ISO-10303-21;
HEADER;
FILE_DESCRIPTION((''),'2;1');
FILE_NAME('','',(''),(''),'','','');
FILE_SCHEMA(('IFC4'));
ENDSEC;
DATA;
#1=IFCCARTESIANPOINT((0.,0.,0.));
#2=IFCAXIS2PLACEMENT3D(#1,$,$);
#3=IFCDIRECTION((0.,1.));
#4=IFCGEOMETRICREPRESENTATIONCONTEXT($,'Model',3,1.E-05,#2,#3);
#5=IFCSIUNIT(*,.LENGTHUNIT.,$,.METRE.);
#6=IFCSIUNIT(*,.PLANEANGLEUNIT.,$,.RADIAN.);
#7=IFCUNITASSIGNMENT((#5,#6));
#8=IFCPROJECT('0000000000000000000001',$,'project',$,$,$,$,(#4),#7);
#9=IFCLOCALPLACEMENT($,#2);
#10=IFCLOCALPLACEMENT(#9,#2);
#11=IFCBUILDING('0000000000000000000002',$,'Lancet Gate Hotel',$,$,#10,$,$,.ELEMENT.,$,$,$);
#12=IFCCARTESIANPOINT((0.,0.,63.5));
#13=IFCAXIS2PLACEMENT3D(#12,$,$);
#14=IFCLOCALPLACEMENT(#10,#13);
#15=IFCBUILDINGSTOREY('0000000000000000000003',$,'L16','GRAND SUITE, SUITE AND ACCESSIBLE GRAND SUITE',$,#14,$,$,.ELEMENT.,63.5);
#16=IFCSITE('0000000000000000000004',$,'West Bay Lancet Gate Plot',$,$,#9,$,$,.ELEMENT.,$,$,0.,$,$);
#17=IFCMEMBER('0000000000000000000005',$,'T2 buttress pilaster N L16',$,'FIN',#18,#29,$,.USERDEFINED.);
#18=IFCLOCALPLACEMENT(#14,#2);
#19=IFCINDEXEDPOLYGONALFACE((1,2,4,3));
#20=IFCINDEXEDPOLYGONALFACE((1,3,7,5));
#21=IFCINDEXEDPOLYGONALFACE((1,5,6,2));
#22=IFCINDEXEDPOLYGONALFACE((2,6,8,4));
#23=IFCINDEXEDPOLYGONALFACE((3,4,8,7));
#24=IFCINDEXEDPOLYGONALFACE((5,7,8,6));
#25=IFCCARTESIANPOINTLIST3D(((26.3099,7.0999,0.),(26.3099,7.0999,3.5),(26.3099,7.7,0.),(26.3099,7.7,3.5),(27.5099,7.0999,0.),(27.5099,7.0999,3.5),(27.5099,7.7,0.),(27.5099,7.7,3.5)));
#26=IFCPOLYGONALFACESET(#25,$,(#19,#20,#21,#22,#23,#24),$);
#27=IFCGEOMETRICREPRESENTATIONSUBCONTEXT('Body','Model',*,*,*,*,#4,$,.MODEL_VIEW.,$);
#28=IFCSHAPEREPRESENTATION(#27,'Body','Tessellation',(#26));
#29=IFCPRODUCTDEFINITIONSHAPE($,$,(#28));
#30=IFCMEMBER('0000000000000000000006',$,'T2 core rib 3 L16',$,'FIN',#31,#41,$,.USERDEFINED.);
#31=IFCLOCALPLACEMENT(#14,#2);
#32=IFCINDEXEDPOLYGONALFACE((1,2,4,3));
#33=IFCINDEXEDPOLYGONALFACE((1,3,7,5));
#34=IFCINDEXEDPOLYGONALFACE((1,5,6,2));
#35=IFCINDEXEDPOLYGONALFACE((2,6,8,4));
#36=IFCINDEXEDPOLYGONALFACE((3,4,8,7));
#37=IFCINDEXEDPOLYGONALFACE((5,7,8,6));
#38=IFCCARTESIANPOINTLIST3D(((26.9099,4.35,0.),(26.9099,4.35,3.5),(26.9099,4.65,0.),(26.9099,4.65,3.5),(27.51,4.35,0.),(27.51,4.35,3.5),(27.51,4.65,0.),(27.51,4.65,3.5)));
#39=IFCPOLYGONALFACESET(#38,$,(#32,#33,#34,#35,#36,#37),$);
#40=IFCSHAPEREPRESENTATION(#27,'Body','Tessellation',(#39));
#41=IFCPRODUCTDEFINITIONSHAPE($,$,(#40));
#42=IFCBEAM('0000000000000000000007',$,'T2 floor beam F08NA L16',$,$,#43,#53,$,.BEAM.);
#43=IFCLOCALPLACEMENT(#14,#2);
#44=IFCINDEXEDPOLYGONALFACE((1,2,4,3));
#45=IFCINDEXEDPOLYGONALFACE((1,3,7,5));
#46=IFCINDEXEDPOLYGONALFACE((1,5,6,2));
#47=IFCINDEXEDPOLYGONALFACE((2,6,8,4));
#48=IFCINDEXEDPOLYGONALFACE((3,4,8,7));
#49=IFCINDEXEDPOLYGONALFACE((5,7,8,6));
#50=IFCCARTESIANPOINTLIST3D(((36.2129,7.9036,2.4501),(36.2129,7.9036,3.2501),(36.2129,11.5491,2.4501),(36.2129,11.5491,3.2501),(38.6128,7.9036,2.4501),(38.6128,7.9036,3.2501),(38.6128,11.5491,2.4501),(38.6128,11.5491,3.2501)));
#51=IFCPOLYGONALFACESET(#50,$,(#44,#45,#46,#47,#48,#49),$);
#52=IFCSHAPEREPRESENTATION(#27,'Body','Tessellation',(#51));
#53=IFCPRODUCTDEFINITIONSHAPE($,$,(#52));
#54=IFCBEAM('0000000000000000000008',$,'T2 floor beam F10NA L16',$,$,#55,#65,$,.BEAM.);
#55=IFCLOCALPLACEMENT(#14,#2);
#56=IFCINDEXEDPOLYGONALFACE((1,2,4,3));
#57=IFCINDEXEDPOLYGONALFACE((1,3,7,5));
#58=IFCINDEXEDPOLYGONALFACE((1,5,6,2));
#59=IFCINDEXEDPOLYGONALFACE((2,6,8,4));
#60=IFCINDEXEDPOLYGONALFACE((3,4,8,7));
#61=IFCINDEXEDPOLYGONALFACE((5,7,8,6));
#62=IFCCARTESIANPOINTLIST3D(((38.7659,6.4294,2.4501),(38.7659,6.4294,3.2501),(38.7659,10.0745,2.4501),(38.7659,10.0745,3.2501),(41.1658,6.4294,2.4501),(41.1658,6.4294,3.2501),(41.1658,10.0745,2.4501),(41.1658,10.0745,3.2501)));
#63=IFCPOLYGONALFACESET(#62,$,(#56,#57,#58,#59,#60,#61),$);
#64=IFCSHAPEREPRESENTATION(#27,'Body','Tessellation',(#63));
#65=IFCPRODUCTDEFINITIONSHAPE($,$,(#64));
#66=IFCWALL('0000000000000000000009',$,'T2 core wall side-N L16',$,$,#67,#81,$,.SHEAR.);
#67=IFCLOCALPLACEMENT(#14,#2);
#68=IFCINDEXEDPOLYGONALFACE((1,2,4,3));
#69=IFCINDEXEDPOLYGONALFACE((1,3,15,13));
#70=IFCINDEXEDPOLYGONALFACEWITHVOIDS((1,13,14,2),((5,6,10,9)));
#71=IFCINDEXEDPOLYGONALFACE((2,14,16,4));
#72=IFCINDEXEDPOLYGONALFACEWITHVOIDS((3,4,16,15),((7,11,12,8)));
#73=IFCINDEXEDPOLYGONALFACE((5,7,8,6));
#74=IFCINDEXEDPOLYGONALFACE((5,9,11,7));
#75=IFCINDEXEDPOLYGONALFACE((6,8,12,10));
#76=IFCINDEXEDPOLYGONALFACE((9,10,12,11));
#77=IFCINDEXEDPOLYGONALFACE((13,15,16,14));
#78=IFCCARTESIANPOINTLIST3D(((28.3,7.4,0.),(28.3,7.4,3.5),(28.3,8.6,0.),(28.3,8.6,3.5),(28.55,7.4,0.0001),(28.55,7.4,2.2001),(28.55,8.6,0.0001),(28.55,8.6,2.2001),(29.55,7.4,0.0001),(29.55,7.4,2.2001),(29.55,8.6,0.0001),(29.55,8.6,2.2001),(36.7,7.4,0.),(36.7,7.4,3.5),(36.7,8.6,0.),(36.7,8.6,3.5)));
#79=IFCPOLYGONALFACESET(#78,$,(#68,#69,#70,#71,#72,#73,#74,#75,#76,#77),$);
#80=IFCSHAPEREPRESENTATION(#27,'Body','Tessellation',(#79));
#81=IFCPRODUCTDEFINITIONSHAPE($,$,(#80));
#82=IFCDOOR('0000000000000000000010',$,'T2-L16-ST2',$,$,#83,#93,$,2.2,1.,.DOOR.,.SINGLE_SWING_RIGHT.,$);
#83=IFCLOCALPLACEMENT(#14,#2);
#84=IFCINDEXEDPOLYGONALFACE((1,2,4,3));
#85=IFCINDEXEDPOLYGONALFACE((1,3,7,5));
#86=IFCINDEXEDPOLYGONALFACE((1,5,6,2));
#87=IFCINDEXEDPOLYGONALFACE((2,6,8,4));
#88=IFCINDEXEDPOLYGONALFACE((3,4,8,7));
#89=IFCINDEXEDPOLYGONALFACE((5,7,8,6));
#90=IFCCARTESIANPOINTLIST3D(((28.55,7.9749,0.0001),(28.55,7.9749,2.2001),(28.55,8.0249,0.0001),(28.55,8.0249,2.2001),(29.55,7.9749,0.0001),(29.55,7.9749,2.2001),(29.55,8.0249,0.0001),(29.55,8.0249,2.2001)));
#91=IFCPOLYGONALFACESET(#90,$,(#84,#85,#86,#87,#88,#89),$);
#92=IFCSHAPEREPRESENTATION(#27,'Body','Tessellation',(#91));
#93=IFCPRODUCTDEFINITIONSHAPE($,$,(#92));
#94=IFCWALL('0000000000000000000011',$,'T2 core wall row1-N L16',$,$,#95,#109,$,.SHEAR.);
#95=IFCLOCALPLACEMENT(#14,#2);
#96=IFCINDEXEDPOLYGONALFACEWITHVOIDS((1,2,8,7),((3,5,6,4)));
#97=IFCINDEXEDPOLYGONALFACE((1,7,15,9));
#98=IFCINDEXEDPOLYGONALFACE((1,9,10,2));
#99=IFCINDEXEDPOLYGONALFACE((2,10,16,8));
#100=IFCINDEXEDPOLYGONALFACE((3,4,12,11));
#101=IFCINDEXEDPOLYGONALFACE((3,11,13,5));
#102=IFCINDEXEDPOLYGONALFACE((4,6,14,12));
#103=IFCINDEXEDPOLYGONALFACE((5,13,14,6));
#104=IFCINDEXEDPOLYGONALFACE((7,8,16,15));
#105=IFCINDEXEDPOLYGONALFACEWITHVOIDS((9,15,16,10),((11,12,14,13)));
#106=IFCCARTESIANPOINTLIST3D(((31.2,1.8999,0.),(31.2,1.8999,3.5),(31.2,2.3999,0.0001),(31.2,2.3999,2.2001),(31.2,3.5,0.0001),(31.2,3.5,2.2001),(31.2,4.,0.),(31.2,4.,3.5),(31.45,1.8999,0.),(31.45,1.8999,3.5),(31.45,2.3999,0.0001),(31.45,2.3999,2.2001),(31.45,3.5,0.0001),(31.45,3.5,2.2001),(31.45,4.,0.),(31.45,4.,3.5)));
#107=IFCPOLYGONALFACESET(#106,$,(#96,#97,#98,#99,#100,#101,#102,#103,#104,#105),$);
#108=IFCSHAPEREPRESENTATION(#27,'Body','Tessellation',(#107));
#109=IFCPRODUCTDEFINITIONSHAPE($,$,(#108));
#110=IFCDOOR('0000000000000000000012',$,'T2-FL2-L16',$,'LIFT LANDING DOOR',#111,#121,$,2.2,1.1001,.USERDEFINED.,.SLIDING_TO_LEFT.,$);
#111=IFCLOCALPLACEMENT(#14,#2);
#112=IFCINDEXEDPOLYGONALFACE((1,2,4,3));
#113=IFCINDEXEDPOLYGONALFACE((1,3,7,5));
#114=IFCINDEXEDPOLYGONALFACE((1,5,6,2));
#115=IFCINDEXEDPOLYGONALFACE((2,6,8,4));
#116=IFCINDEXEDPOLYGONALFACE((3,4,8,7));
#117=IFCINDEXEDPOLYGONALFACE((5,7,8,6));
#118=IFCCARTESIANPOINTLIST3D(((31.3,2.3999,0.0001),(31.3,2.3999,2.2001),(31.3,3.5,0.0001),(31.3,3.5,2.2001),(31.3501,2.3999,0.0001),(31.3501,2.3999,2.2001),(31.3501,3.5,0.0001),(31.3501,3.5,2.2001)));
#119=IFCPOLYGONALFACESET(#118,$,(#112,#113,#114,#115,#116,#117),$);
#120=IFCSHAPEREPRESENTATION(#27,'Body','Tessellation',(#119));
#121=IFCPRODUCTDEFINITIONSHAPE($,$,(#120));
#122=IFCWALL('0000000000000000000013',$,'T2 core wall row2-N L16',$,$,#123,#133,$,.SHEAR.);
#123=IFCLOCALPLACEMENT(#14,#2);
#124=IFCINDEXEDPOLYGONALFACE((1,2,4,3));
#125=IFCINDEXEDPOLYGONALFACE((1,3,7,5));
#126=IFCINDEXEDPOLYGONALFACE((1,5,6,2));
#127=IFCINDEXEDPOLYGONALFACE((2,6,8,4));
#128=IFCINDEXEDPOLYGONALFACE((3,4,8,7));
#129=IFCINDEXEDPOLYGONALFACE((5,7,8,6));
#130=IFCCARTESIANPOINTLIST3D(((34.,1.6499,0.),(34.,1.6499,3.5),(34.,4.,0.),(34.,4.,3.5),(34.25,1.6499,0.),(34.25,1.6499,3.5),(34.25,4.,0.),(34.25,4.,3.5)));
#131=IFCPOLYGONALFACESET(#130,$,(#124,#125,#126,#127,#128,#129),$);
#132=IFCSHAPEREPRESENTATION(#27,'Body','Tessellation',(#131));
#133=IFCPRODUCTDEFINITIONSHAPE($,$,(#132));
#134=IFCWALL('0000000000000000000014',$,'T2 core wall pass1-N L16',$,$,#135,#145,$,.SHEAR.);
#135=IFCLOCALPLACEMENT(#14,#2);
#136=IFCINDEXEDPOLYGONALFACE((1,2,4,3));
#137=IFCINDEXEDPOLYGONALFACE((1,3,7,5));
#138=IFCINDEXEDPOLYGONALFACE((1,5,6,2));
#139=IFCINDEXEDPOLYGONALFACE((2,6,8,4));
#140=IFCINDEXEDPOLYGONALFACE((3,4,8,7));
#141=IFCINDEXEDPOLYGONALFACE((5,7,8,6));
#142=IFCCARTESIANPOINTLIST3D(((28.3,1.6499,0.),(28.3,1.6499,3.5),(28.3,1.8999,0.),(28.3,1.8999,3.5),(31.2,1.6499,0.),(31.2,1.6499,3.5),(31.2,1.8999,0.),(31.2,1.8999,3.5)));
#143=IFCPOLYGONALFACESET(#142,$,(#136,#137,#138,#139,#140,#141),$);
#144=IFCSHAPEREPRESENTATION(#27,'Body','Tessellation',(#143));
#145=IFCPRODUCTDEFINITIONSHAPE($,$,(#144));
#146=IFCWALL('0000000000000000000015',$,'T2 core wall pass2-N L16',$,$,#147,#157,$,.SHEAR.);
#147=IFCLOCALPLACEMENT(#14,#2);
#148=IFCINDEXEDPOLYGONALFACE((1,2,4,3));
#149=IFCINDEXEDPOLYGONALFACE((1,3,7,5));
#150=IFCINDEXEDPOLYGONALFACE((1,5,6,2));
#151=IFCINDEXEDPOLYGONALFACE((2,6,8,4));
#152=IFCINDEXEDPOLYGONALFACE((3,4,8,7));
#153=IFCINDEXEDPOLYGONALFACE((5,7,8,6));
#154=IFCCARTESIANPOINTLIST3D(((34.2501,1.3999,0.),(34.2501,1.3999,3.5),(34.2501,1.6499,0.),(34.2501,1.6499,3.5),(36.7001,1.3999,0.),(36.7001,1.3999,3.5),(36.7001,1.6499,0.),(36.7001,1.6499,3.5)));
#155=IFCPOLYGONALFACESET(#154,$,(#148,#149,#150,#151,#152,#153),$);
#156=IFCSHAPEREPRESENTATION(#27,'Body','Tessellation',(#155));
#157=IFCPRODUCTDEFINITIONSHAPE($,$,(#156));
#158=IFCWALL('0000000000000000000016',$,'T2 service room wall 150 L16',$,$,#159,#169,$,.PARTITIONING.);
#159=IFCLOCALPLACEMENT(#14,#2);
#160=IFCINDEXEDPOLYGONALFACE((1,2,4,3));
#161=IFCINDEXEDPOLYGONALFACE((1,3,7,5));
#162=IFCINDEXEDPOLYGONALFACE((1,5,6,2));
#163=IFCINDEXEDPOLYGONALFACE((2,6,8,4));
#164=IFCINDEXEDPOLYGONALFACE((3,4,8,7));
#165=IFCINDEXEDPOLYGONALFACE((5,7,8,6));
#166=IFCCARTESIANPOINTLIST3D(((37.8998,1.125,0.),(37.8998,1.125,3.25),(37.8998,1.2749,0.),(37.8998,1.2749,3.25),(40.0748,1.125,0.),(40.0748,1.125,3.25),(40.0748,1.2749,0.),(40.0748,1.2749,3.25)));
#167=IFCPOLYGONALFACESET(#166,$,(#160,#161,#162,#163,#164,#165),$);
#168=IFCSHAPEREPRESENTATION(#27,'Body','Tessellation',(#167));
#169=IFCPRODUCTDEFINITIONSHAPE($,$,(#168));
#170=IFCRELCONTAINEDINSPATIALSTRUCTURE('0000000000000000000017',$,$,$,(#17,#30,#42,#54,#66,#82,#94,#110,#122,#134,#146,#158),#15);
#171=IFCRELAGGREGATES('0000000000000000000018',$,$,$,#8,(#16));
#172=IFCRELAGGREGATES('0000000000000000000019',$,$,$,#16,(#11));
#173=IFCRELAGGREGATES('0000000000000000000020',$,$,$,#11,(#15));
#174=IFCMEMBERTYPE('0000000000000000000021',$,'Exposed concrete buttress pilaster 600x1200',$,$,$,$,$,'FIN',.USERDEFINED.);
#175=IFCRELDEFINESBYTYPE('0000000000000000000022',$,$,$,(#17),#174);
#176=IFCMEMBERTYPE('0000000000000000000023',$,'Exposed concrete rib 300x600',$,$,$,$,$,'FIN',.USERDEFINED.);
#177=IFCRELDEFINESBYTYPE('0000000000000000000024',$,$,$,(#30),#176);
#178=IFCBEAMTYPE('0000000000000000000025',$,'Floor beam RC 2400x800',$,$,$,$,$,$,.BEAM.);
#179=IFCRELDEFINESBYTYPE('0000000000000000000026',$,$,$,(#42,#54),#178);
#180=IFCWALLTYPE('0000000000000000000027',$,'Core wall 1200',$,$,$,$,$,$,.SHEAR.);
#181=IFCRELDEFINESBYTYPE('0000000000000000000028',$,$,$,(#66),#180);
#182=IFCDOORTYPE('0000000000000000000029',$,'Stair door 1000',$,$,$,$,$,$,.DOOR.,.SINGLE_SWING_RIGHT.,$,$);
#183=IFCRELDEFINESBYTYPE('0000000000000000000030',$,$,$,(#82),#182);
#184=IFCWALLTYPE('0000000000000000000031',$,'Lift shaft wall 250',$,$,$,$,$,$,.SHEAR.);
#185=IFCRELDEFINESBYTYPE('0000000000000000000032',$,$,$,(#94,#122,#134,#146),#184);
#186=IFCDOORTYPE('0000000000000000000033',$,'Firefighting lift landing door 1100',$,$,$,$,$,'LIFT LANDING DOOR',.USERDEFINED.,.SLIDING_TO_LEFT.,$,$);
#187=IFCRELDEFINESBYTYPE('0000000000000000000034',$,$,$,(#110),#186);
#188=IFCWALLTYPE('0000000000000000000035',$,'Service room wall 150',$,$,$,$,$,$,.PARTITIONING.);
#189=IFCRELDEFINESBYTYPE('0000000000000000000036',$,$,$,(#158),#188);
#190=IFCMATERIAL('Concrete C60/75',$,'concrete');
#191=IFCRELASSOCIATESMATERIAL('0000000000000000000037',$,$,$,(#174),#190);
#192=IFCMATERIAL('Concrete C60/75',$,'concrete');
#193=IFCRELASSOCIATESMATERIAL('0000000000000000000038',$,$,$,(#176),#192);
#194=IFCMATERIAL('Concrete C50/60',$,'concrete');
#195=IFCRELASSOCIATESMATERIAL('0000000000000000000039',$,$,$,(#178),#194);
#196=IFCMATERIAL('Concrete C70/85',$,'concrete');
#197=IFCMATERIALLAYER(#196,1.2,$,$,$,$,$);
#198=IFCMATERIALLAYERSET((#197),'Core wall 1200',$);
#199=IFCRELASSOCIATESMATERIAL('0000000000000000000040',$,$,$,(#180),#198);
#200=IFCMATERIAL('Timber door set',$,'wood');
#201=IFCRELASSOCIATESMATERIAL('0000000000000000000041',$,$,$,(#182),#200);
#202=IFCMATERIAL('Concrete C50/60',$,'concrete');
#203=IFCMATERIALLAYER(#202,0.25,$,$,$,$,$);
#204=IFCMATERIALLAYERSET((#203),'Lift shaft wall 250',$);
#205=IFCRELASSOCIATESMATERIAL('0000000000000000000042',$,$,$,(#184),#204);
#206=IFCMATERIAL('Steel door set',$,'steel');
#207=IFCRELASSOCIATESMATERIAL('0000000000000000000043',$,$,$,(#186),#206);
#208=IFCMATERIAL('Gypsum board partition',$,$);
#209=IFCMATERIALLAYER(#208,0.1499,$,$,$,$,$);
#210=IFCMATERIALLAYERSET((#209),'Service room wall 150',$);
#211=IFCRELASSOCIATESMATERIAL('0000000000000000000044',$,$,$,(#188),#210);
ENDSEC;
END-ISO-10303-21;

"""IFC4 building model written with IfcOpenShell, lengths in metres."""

from ifc_helpers import new_model, si_unit, direction, frame, frame_2d, origin, origin_2d, place, context, subcontext, project, spatial, rectangle, extrude, material, layer, layer_set, material_profile, profile_set, type_object, element, fill, save


model = new_model("IFC4")

# Units and contexts
model_context = context("Model", 3, precision=1e-05, world=origin(), true_north=direction((0.0, 1.0)))
body_context = subcontext(model_context, "Body", "Model", "MODEL_VIEW")
ifc_project = project(units=[si_unit("LENGTHUNIT", "METRE"), si_unit("PLANEANGLEUNIT", "RADIAN")], contexts=[model_context])

# Site, building, storey
site_placement = place(None, origin())
site = spatial("IfcSite", under=ifc_project, at=site_placement, Name="West Bay Lancet Gate Plot", CompositionType="ELEMENT", RefElevation=0.0)
building_placement = place(site_placement, origin())
building = spatial("IfcBuilding", under=site, at=building_placement, Name="Lancet Gate Hotel", CompositionType="ELEMENT")
storey_placement = place(building_placement, frame((0.0, 0.0, 63.5)))
storey = spatial("IfcBuildingStorey", under=building, at=storey_placement, Name="L16", Description="GRAND SUITE, SUITE AND ACCESSIBLE GRAND SUITE", CompositionType="ELEMENT", Elevation=63.5)

# Members
ifc_material_1 = material(Name="Concrete C60/75", Category="concrete")
ifc_material_profile_1 = material_profile(ifc_material_1, rectangle(XDim=0.6001, YDim=1.2, at=origin_2d()), Name="FIN 600x1200")
ifc_profile_set_1 = profile_set([ifc_material_profile_1], Name="Concrete C60/75")
member_type_1 = type_object("IfcMemberType", Name="Exposed concrete buttress pilaster 600x1200", ElementType="FIN", PredefinedType="USERDEFINED", material=ifc_profile_set_1)
member_1_placement = place(storey_placement, frame((26.9099, 7.3999, 0.0), z_axis=(0.0, 0.0, 1.0), x_axis=(0.0, 1.0, 0.0)))
element("IfcMember", 1, at=member_1_placement, inside=storey, type_object=member_type_1, Name="T2 buttress pilaster N L16", ObjectType="FIN", PredefinedType="USERDEFINED", context=body_context, shape_type="SweptSolid", body=[
    extrude(rectangle(XDim=0.6001, YDim=1.2, at=origin_2d()), origin(), (0.0, 0.0, 1.0), 3.5),
])
ifc_material_2 = material(Name="Concrete C60/75", Category="concrete")
ifc_material_profile_2 = material_profile(ifc_material_2, rectangle(XDim=0.3, YDim=0.6001, at=origin_2d()), Name="FIN 300x600")
ifc_profile_set_2 = profile_set([ifc_material_profile_2], Name="Concrete C60/75")
member_type_2 = type_object("IfcMemberType", Name="Exposed concrete rib 300x600", ElementType="FIN", PredefinedType="USERDEFINED", material=ifc_profile_set_2)
member_2_placement = place(storey_placement, frame((27.21, 4.5, 0.0), z_axis=(0.0, 0.0, 1.0), x_axis=(0.0, 1.0, 0.0)))
element("IfcMember", 2, at=member_2_placement, inside=storey, type_object=member_type_2, Name="T2 core rib 3 L16", ObjectType="FIN", PredefinedType="USERDEFINED", context=body_context, shape_type="SweptSolid", body=[
    extrude(rectangle(XDim=0.3, YDim=0.6001, at=origin_2d()), origin(), (0.0, 0.0, 1.0), 3.5),
])

# Beams
ifc_material_3 = material(Name="Concrete C50/60", Category="concrete")
ifc_material_profile_3 = material_profile(ifc_material_3, rectangle(XDim=2.3999, YDim=0.8, at=origin_2d()), Name="RC 2400x800")
ifc_profile_set_3 = profile_set([ifc_material_profile_3], Name="Concrete C50/60")
beam_type = type_object("IfcBeamType", Name="Floor beam RC 2400x800", PredefinedType="BEAM", material=ifc_profile_set_3)
beam_1_placement = place(storey_placement, frame((37.4128, 7.9036, 2.8501), z_axis=(0.0, 1.0, 0.0), x_axis=(-1.0, 0.0, 0.0)))
element("IfcBeam", 3, at=beam_1_placement, inside=storey, type_object=beam_type, Name="T2 floor beam F08NA L16", PredefinedType="BEAM", context=body_context, shape_type="SweptSolid", body=[
    extrude(rectangle(XDim=2.3999, YDim=0.8, at=origin_2d()), origin(), (0.0, 0.0, 1.0), 3.6455),
])
beam_2_placement = place(storey_placement, frame((39.9658, 6.4294, 2.8501), z_axis=(0.0, 1.0, 0.0), x_axis=(-1.0, 0.0, 0.0)))
element("IfcBeam", 4, at=beam_2_placement, inside=storey, type_object=beam_type, Name="T2 floor beam F10NA L16", PredefinedType="BEAM", context=body_context, shape_type="SweptSolid", body=[
    extrude(rectangle(XDim=2.3999, YDim=0.8, at=origin_2d()), origin(), (0.0, 0.0, 1.0), 3.645),
])

# Walls, openings, doors
ifc_material_4 = material(Name="Concrete C70/85", Category="concrete")
ifc_layer_1 = layer(ifc_material_4, 1.2)
ifc_layer_set_1 = layer_set([ifc_layer_1], Name="Core wall 1200")
wall_type_1 = type_object("IfcWallType", Name="Core wall 1200", PredefinedType="SHEAR", material=ifc_layer_set_1)
wall_1_placement = place(storey_placement, frame((28.3, 8.0, 0.0), z_axis=(0.0, 0.0, 1.0), x_axis=(1.0, 0.0, 0.0)))
wall_1 = element("IfcWall", 5, at=wall_1_placement, inside=storey, type_object=wall_type_1, Name="T2 core wall side-N L16", PredefinedType="SHEAR", context=body_context, shape_type="SweptSolid", body=[
    extrude(rectangle(XDim=8.3999, YDim=1.2, at=frame_2d((4.2, 0.0))), origin(), (0.0, 0.0, 1.0), 3.5),
])
opening_1_placement = place(wall_1_placement, frame((0.25, 0.0, 0.0)))
opening_1 = element("IfcOpeningElement", 6, at=opening_1_placement, cuts=wall_1, PredefinedType="OPENING", context=body_context, shape_type="SweptSolid", body=[
    extrude(rectangle(XDim=1.0, YDim=2.2, at=frame_2d((0.5, 1.1001))), frame((0.0, 0.6099, 0.0), z_axis=(0.0, -1.0, 0.0), x_axis=(1.0, 0.0, 0.0)), (0.0, 0.0, 1.0), 1.22),
])
ifc_material_5 = material(Name="Timber door set", Category="wood")
door_type_1 = type_object("IfcDoorType", Name="Stair door 1000", OperationType="SINGLE_SWING_RIGHT", PredefinedType="DOOR", material=ifc_material_5)
door_1_placement = place(opening_1_placement, origin())
door_1 = element("IfcDoor", 7, at=door_1_placement, inside=storey, type_object=door_type_1, Name="T2-L16-ST2", OperationType="SINGLE_SWING_RIGHT", OverallHeight=2.2, OverallWidth=1.0, PredefinedType="DOOR", context=body_context, shape_type="SweptSolid", body=[
    extrude(rectangle(XDim=1.0, YDim=2.2, at=frame_2d((0.5, 1.1001))), frame((0.0, 0.0249, 0.0), z_axis=(0.0, -1.0, 0.0), x_axis=(1.0, 0.0, 0.0)), (0.0, 0.0, 1.0), 0.05),
])
fill(opening_1, door_1)
ifc_material_6 = material(Name="Concrete C50/60", Category="concrete")
ifc_layer_2 = layer(ifc_material_6, 0.25)
ifc_layer_set_2 = layer_set([ifc_layer_2], Name="Lift shaft wall 250")
wall_type_2 = type_object("IfcWallType", Name="Lift shaft wall 250", PredefinedType="SHEAR", material=ifc_layer_set_2)
wall_2_placement = place(storey_placement, frame((31.325, 1.8999, 0.0), z_axis=(0.0, 0.0, 1.0), x_axis=(0.0, 1.0, 0.0)))
wall_2 = element("IfcWall", 8, at=wall_2_placement, inside=storey, type_object=wall_type_2, Name="T2 core wall row1-N L16", PredefinedType="SHEAR", context=body_context, shape_type="SweptSolid", body=[
    extrude(rectangle(XDim=2.1001, YDim=0.25, at=frame_2d((1.05, 0.0))), origin(), (0.0, 0.0, 1.0), 3.5),
])
opening_2_placement = place(wall_2_placement, frame((0.5, 0.0, 0.0)))
opening_2 = element("IfcOpeningElement", 9, at=opening_2_placement, cuts=wall_2, PredefinedType="OPENING", context=body_context, shape_type="SweptSolid", body=[
    extrude(rectangle(XDim=1.1001, YDim=2.2, at=frame_2d((0.55, 1.1001))), frame((0.0, 0.135, 0.0), z_axis=(0.0, -1.0, 0.0), x_axis=(1.0, 0.0, 0.0)), (0.0, 0.0, 1.0), 0.27),
])
ifc_material_7 = material(Name="Steel door set", Category="steel")
door_type_2 = type_object("IfcDoorType", Name="Firefighting lift landing door 1100", ElementType="LIFT LANDING DOOR", OperationType="SLIDING_TO_LEFT", PredefinedType="USERDEFINED", material=ifc_material_7)
door_2_placement = place(opening_2_placement, origin())
door_2 = element("IfcDoor", 10, at=door_2_placement, inside=storey, type_object=door_type_2, Name="T2-FL2-L16", ObjectType="LIFT LANDING DOOR", OperationType="SLIDING_TO_LEFT", OverallHeight=2.2, OverallWidth=1.1001, PredefinedType="USERDEFINED", context=body_context, shape_type="SweptSolid", body=[
    extrude(rectangle(XDim=1.1001, YDim=2.2, at=frame_2d((0.55, 1.1001))), frame((0.0, 0.0249, 0.0), z_axis=(0.0, -1.0, 0.0), x_axis=(1.0, 0.0, 0.0)), (0.0, 0.0, 1.0), 0.05),
])
fill(opening_2, door_2)

# Walls
wall_3_placement = place(storey_placement, frame((34.125, 1.6499, 0.0), z_axis=(0.0, 0.0, 1.0), x_axis=(0.0, 1.0, 0.0)))
element("IfcWall", 11, at=wall_3_placement, inside=storey, type_object=wall_type_2, Name="T2 core wall row2-N L16", PredefinedType="SHEAR", context=body_context, shape_type="SweptSolid", body=[
    extrude(rectangle(XDim=2.3501, YDim=0.25, at=frame_2d((1.175, 0.0))), origin(), (0.0, 0.0, 1.0), 3.5),
])
wall_4_placement = place(storey_placement, frame((28.3, 1.7749, 0.0), z_axis=(0.0, 0.0, 1.0), x_axis=(1.0, 0.0, 0.0)))
element("IfcWall", 12, at=wall_4_placement, inside=storey, type_object=wall_type_2, Name="T2 core wall pass1-N L16", PredefinedType="SHEAR", context=body_context, shape_type="SweptSolid", body=[
    extrude(rectangle(XDim=2.8999, YDim=0.25, at=frame_2d((1.45, 0.0))), origin(), (0.0, 0.0, 1.0), 3.5),
])
wall_5_placement = place(storey_placement, frame((34.25, 1.5249, 0.0), z_axis=(0.0, 0.0, 1.0), x_axis=(1.0, 0.0, 0.0)))
element("IfcWall", 13, at=wall_5_placement, inside=storey, type_object=wall_type_2, Name="T2 core wall pass2-N L16", PredefinedType="SHEAR", context=body_context, shape_type="SweptSolid", body=[
    extrude(rectangle(XDim=2.45, YDim=0.25, at=frame_2d((1.2251, 0.0))), origin(), (0.0, 0.0, 1.0), 3.5),
])
ifc_material_8 = material(Name="Gypsum board partition")
ifc_layer_3 = layer(ifc_material_8, 0.1499)
ifc_layer_set_3 = layer_set([ifc_layer_3], Name="Service room wall 150")
wall_type_3 = type_object("IfcWallType", Name="Service room wall 150", PredefinedType="PARTITIONING", material=ifc_layer_set_3)
for number, where, z_axis, x_axis, name in (
    (14, (37.8999, 1.2, 0.0), (0.0, 0.0, 1.0), (1.0, 0.0, 0.0), "T2 service room wall 150 L16"),
):
    element("IfcWall", number, at=place(storey_placement, frame(where, z_axis=z_axis, x_axis=x_axis)), inside=storey, type_object=wall_type_3, Name=name, PredefinedType="PARTITIONING", context=body_context, shape_type="SweptSolid", body=[
        extrude(rectangle(XDim=2.175, YDim=0.1499, at=frame_2d((1.0874, 0.0))), origin(), (0.0, 0.0, 1.0), 3.25),
    ])

save(model, "model.ifc")
